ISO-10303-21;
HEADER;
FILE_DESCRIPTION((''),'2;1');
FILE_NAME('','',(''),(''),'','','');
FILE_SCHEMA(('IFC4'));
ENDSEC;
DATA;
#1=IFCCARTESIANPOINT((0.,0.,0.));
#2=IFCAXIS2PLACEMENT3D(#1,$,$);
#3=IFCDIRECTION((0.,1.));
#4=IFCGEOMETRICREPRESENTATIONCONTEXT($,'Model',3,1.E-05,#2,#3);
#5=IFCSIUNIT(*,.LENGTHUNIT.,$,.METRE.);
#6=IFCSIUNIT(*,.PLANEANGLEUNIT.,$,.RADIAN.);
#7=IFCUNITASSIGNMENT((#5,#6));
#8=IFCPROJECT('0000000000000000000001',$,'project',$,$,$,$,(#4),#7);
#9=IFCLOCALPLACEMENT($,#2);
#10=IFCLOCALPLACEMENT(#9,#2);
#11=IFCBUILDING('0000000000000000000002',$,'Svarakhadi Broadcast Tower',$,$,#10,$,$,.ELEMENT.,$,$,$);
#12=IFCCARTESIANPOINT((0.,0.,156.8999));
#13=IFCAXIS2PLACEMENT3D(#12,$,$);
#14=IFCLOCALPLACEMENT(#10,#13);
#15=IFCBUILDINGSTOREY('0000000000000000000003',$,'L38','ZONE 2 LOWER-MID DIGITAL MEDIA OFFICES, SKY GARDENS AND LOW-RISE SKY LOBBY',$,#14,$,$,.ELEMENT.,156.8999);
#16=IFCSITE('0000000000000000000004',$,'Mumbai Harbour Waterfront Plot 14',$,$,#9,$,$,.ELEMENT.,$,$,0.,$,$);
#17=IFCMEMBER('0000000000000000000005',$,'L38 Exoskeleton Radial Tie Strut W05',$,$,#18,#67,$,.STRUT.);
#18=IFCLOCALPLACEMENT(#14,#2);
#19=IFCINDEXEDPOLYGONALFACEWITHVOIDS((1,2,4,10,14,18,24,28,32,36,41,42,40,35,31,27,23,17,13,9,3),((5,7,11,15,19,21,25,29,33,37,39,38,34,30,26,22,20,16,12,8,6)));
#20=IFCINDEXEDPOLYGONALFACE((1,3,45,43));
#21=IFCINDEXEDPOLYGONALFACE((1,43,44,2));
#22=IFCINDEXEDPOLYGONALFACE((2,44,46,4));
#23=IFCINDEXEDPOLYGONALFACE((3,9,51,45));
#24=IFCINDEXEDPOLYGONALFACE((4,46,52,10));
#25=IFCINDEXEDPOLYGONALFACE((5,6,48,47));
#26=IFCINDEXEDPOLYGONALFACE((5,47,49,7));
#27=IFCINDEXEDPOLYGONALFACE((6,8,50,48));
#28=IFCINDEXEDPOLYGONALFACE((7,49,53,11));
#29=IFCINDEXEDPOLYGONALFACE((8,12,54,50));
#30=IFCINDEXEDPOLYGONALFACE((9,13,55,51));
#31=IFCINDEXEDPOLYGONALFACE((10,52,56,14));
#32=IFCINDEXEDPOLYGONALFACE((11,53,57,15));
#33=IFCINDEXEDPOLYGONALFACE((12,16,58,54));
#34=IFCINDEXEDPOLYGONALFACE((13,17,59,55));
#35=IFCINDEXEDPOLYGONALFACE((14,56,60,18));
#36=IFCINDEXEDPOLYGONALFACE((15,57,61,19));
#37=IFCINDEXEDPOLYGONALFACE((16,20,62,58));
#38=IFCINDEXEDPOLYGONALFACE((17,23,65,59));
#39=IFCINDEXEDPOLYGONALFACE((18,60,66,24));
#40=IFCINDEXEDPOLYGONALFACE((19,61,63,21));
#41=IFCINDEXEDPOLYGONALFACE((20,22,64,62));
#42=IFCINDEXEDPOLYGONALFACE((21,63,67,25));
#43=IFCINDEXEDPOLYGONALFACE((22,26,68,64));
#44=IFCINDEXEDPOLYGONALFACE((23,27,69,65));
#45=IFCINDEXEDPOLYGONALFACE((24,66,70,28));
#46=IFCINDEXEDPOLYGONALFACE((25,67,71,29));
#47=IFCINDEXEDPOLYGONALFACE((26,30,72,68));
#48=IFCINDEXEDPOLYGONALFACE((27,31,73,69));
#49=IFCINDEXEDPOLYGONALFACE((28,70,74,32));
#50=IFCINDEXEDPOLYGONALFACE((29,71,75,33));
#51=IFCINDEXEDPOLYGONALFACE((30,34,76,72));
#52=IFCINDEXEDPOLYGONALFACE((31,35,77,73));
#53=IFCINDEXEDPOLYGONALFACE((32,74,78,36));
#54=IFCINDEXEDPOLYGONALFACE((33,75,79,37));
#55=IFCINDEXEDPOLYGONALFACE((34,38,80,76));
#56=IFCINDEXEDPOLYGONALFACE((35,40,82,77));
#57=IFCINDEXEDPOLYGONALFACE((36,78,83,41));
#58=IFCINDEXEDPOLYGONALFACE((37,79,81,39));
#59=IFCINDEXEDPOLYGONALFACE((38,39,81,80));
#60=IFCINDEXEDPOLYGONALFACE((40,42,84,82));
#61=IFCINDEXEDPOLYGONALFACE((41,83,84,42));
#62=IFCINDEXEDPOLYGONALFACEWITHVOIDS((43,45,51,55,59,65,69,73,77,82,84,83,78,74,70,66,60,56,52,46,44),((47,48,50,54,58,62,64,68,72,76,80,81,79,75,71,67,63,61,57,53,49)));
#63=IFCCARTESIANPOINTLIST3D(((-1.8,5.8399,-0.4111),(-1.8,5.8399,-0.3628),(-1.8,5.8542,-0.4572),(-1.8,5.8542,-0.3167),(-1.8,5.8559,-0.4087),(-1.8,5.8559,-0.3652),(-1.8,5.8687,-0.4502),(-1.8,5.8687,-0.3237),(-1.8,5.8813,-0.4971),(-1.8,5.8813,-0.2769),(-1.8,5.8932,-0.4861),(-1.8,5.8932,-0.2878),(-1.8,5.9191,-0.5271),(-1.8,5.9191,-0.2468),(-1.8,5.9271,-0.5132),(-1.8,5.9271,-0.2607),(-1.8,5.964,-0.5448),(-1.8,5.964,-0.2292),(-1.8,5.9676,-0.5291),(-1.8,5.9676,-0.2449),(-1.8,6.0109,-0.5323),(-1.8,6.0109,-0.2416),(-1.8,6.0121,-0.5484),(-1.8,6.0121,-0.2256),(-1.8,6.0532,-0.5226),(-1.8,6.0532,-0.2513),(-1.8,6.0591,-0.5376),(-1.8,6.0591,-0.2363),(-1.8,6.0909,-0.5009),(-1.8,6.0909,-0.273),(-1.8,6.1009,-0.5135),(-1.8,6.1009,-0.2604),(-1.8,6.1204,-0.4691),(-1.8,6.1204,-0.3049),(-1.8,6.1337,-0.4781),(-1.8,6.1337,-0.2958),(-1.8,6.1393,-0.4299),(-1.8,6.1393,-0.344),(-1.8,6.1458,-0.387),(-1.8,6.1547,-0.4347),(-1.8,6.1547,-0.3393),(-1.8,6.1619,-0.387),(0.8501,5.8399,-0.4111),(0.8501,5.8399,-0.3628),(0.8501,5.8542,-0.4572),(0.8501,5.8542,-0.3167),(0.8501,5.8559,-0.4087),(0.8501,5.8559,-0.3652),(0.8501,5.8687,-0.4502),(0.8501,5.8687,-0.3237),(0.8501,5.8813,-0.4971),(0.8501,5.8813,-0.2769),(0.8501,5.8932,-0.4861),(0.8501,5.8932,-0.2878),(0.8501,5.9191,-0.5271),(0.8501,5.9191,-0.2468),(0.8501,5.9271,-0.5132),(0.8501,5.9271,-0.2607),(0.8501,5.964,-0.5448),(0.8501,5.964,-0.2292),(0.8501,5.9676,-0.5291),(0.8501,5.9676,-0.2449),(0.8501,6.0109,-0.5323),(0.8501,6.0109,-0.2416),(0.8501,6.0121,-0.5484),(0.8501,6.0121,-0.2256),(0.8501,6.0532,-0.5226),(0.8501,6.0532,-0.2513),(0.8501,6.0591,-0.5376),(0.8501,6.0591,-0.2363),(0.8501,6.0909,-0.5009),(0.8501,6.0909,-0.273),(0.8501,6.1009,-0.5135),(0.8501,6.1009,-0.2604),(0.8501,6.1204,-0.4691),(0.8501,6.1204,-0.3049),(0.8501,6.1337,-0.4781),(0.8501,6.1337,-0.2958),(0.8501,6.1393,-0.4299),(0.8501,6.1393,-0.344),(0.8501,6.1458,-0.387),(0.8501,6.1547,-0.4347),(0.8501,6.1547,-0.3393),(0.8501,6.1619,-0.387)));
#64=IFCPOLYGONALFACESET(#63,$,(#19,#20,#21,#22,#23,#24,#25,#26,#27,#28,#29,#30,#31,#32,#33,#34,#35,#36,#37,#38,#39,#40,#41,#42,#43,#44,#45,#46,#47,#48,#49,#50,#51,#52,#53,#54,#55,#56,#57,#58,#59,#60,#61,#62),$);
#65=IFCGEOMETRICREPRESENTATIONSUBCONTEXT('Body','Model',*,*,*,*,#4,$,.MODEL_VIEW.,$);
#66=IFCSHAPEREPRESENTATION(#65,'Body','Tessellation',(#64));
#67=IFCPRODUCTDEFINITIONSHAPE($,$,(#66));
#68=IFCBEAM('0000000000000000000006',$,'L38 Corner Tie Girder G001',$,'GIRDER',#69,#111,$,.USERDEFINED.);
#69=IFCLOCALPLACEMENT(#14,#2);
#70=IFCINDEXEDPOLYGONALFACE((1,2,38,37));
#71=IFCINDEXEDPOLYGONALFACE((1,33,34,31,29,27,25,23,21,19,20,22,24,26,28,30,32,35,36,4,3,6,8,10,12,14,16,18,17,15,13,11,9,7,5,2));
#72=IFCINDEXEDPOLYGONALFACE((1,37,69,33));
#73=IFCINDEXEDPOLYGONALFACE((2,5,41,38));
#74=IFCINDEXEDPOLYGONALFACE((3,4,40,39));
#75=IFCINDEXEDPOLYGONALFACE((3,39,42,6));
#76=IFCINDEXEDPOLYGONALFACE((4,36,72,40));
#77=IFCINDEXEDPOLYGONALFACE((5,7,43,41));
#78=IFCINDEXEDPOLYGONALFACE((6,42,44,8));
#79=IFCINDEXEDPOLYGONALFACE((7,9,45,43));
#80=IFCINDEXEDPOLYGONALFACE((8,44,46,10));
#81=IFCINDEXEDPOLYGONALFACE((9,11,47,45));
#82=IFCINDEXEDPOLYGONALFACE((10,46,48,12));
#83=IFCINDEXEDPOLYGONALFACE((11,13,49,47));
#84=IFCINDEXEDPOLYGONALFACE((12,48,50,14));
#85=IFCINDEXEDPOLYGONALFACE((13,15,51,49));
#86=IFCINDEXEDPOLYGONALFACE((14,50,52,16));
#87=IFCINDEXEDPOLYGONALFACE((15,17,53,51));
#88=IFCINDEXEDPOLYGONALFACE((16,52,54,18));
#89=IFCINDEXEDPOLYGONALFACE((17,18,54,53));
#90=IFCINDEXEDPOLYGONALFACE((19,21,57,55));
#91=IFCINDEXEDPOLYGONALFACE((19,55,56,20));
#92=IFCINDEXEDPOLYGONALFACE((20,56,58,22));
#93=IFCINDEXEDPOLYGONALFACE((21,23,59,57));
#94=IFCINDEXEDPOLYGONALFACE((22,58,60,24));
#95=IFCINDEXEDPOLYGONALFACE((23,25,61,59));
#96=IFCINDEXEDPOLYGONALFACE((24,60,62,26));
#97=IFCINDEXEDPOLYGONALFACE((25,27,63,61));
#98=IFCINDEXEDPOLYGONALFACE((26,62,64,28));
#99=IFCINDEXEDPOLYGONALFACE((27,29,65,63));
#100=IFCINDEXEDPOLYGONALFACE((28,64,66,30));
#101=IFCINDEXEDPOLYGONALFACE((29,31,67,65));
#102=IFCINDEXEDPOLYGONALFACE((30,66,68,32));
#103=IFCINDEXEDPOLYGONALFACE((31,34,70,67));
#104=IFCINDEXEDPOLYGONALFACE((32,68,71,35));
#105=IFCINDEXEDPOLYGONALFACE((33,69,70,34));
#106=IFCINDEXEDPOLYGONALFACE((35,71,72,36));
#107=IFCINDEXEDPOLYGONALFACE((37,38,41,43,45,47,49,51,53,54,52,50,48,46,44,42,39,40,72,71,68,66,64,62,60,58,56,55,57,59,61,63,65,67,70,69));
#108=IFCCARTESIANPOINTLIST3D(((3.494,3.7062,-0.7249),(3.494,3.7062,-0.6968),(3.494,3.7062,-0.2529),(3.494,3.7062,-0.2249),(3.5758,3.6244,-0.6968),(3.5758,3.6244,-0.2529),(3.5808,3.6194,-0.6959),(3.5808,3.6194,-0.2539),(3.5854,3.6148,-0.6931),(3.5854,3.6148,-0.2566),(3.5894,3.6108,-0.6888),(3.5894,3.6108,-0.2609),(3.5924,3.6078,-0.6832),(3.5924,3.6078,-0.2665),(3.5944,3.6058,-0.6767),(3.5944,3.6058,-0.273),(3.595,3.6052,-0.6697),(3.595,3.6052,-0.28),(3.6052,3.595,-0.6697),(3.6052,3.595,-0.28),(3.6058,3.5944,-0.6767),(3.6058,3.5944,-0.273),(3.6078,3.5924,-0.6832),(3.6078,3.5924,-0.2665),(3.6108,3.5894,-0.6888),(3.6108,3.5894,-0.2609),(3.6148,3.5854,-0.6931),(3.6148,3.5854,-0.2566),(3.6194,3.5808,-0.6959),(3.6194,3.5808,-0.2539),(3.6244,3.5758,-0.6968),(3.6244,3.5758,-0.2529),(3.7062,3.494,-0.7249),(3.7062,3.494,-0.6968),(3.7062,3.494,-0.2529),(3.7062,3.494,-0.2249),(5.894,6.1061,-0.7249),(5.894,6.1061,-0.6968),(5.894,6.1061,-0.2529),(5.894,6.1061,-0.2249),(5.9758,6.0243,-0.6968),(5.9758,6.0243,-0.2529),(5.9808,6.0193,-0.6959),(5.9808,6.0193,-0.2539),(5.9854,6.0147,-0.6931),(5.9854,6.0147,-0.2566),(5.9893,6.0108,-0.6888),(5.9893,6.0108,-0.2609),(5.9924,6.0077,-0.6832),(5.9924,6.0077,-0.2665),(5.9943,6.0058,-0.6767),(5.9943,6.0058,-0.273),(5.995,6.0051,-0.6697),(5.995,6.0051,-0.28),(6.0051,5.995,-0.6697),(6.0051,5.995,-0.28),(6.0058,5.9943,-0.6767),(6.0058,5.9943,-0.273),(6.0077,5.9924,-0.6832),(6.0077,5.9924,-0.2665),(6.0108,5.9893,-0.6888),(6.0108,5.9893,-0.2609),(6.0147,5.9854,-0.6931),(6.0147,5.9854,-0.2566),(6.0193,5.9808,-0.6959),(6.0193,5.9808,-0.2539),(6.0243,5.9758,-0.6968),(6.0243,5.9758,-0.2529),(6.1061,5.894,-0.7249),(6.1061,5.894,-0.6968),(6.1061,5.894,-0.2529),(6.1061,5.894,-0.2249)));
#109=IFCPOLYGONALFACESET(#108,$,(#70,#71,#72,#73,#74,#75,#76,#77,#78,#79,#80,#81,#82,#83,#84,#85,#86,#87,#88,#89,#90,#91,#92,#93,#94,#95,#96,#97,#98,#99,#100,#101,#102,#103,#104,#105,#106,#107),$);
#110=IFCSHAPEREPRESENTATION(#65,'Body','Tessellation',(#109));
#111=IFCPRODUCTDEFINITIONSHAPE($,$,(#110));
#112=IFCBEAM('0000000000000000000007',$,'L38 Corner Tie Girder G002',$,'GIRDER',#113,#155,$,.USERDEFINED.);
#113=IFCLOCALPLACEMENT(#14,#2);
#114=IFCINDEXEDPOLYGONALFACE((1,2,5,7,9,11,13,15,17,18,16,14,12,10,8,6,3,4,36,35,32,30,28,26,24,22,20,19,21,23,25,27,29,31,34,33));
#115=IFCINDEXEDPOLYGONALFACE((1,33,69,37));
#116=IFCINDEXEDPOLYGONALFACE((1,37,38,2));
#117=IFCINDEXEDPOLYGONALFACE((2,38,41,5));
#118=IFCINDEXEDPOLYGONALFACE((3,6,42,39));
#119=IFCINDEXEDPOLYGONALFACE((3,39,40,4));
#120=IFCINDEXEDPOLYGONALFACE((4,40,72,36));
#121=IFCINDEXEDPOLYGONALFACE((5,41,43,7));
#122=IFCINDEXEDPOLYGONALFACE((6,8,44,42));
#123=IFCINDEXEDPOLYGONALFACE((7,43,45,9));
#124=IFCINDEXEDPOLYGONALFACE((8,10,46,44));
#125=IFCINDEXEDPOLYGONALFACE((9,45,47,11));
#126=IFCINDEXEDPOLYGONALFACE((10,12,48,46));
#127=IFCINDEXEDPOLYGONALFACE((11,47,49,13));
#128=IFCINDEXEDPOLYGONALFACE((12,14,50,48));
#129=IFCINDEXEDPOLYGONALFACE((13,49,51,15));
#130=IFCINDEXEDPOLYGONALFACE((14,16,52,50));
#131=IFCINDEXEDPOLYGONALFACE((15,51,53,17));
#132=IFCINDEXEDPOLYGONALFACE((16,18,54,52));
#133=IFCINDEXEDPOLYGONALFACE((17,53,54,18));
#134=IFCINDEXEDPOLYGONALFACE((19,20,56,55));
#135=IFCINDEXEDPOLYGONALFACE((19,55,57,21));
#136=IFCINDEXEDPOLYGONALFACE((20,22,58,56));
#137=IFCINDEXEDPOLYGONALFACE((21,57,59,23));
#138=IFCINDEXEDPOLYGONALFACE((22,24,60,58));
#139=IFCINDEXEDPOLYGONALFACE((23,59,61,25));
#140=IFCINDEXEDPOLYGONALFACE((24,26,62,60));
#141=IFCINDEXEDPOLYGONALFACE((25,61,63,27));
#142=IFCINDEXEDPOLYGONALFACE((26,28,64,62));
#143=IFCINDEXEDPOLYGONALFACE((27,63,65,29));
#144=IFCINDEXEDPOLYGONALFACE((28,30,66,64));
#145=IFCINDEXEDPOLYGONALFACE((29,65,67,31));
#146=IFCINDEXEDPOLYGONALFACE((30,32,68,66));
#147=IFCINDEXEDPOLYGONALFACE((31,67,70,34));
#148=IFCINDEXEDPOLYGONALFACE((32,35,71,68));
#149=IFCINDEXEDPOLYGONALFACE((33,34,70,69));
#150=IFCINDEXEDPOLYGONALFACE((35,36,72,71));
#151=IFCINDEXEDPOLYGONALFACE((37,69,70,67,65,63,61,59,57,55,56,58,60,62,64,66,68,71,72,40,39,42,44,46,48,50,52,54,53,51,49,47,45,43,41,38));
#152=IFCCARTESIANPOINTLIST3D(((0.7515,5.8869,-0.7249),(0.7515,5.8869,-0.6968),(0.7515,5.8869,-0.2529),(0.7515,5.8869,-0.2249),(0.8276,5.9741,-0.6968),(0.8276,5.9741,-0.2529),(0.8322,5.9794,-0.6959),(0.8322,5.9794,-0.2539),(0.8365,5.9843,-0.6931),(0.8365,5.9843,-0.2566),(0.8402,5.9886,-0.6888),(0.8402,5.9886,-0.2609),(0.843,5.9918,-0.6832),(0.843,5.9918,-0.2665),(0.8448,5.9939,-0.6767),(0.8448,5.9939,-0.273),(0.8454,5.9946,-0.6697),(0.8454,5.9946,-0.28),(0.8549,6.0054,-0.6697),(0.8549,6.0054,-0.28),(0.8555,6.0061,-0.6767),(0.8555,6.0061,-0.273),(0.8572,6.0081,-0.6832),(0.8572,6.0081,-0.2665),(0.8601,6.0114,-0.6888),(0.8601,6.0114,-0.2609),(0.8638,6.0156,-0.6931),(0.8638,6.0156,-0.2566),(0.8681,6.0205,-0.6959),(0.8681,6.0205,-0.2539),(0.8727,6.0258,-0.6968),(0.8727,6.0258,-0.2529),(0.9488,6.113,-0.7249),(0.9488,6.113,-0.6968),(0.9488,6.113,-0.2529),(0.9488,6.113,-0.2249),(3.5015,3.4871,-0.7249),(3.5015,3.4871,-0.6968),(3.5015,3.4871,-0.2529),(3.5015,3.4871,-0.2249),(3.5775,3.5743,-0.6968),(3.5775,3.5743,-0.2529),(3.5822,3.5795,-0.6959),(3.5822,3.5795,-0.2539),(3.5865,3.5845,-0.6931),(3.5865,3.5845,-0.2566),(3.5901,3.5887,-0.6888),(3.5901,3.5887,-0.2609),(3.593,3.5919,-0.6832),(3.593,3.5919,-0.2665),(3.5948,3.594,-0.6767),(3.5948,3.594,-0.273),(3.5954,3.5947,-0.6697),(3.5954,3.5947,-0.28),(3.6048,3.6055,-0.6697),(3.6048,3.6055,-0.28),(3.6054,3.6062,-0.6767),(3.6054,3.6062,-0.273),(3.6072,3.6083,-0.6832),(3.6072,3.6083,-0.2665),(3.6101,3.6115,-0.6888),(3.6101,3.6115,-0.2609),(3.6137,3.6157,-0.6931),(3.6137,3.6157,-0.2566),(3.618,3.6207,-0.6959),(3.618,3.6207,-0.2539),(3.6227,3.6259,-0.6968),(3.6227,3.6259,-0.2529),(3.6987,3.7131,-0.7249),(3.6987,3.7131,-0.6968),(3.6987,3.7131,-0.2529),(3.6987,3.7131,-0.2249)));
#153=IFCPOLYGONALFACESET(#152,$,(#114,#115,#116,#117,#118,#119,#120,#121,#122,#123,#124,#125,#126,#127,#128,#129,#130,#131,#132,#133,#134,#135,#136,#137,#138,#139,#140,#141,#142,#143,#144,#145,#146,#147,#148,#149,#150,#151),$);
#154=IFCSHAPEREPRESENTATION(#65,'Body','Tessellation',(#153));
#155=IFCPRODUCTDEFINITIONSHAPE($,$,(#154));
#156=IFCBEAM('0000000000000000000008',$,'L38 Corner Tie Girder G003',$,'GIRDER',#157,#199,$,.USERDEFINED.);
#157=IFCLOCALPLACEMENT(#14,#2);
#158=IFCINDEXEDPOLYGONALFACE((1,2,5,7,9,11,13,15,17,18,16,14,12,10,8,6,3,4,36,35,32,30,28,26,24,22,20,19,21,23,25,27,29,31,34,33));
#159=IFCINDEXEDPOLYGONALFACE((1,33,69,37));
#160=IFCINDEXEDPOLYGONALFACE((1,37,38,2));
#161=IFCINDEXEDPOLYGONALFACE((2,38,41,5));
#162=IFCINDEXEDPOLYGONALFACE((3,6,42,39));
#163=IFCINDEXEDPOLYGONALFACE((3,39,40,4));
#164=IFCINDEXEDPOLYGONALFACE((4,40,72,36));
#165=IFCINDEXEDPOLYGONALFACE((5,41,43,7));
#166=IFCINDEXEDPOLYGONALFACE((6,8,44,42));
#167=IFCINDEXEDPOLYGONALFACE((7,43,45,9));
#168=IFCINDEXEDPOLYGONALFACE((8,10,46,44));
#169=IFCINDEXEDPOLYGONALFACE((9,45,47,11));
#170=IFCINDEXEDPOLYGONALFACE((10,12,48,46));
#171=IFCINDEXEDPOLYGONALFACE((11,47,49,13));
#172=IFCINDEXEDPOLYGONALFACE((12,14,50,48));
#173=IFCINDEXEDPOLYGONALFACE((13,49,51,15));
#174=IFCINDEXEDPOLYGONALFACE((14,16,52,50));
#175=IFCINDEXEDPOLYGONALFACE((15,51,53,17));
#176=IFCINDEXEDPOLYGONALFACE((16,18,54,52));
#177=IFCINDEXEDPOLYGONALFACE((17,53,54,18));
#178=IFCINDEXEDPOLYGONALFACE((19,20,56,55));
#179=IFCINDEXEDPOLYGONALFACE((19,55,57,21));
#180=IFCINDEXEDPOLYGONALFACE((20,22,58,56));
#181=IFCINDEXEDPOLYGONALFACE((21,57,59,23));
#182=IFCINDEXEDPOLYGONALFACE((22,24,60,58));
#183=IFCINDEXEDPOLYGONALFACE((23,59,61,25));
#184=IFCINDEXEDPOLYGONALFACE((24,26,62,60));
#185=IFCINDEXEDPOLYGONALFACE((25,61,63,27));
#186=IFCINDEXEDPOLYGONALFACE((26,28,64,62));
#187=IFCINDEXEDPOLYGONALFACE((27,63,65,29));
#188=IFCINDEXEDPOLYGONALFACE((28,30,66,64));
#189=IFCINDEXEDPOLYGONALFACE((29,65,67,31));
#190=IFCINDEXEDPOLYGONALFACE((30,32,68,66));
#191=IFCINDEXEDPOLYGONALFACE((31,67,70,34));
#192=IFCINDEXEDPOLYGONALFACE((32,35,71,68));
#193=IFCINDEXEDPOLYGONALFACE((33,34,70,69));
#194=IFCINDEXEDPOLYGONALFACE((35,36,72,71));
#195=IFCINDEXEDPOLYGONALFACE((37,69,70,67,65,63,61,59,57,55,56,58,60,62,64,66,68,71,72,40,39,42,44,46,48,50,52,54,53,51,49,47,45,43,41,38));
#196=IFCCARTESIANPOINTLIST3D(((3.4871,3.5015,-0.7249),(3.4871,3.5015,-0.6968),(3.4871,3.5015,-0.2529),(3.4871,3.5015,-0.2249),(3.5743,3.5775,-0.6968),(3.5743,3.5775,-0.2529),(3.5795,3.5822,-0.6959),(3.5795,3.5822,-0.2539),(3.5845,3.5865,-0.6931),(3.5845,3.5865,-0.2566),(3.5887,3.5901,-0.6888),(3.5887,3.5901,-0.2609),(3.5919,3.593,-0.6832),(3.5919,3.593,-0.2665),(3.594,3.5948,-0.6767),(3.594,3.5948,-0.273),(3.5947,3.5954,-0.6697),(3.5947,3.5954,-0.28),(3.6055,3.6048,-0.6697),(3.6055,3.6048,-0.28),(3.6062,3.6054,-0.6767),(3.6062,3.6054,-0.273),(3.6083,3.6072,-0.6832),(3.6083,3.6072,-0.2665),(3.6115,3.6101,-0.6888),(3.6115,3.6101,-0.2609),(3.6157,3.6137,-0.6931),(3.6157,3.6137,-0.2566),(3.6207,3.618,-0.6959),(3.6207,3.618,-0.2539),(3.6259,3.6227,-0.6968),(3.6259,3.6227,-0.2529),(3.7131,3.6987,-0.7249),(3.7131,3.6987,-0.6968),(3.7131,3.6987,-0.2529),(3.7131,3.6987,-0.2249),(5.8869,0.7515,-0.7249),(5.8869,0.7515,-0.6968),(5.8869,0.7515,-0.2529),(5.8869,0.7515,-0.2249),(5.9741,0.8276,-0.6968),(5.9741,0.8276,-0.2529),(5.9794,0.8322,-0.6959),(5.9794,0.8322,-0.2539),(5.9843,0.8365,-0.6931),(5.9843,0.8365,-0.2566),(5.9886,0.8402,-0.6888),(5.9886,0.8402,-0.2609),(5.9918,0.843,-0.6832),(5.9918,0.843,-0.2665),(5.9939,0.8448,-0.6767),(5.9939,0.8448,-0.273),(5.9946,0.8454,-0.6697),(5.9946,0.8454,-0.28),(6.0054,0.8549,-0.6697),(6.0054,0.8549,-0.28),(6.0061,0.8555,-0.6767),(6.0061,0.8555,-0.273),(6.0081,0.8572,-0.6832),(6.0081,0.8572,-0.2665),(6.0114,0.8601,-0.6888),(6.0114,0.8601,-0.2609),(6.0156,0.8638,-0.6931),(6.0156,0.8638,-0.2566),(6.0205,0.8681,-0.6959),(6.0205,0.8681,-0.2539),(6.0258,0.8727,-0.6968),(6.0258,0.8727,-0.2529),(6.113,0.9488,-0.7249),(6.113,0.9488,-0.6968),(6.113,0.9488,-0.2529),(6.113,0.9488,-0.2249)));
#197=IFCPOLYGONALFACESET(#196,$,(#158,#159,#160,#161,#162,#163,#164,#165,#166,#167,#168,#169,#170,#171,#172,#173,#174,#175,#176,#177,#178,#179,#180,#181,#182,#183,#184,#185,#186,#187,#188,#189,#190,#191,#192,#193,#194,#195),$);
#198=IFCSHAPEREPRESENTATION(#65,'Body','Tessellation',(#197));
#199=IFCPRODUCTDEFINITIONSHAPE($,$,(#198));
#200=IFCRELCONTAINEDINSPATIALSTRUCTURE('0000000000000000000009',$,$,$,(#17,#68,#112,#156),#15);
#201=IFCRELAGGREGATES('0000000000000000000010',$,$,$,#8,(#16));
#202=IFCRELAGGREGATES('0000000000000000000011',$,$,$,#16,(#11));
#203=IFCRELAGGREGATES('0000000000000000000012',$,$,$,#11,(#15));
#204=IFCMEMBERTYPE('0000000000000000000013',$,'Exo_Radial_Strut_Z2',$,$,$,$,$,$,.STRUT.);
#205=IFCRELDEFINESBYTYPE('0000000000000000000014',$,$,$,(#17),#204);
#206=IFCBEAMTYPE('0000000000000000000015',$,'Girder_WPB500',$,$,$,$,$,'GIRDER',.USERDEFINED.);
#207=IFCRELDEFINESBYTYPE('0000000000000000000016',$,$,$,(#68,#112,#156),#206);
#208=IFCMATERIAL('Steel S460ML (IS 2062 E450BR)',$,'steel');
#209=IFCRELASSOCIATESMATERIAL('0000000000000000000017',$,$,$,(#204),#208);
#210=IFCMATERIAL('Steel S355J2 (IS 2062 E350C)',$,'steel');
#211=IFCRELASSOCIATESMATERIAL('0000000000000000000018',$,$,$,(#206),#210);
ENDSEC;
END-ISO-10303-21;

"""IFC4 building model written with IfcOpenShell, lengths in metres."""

from ifc_helpers import new_model, si_unit, direction, frame, origin, origin_2d, place, context, subcontext, project, spatial, hollow_circle, i_section, extrude, material, material_profile, profile_set, type_object, element, save


model = new_model("IFC4")

# Units and contexts
model_context = context("Model", 3, precision=1e-05, world=origin(), true_north=direction((0.0, 1.0)))
body_context = subcontext(model_context, "Body", "Model", "MODEL_VIEW")
ifc_project = project(units=[si_unit("LENGTHUNIT", "METRE"), si_unit("PLANEANGLEUNIT", "RADIAN")], contexts=[model_context])

# Site, building, storey
site_placement = place(None, origin())
site = spatial("IfcSite", under=ifc_project, at=site_placement, Name="Mumbai Harbour Waterfront Plot 14", CompositionType="ELEMENT", RefElevation=0.0)
building_placement = place(site_placement, origin())
building = spatial("IfcBuilding", under=site, at=building_placement, Name="Svarakhadi Broadcast Tower", CompositionType="ELEMENT")
storey_placement = place(building_placement, frame((0.0, 0.0, 156.8999)))
storey = spatial("IfcBuildingStorey", under=building, at=storey_placement, Name="L38", Description="ZONE 2 LOWER-MID DIGITAL MEDIA OFFICES, SKY GARDENS AND LOW-RISE SKY LOBBY", CompositionType="ELEMENT", Elevation=156.8999)

# Shared definitions
ifc_material_1 = material(Name="Steel S460ML (IS 2062 E450BR)", Category="steel")

# Member
ifc_material_profile_1 = material_profile(ifc_material_1, hollow_circle(Radius=0.1619, WallThickness=0.0161, at=origin_2d()), Name="CHS 323.9x16")
ifc_profile_set_1 = profile_set([ifc_material_profile_1], Name="Steel S460ML (IS 2062 E450BR)")
member_type_1 = type_object("IfcMemberType", Name="Exo_Radial_Strut_Z2", PredefinedType="STRUT", material=ifc_profile_set_1)
member_1_placement = place(storey_placement, frame((-1.8, 6.0, -0.387), z_axis=(1.0, 0.0, 0.0), x_axis=(0.0, 1.0, 0.0)))
element("IfcMember", 1, at=member_1_placement, inside=storey, type_object=member_type_1, Name="L38 Exoskeleton Radial Tie Strut W05", PredefinedType="STRUT", context=body_context, shape_type="SweptSolid", body=[
    extrude(hollow_circle(Radius=0.1619, WallThickness=0.0161, at=origin_2d()), origin(), (0.0, 0.0, 1.0), 2.6501),
])

# Beams
ifc_material_2 = material(Name="Steel S355J2 (IS 2062 E350C)", Category="steel")
ifc_material_profile_2 = material_profile(ifc_material_2, i_section(OverallWidth=0.3, OverallDepth=0.5, WebThickness=0.0144, FlangeThickness=0.0281, FilletRadius=0.0271, at=origin_2d()), Name="WPB 500x300x187")
ifc_profile_set_2 = profile_set([ifc_material_profile_2], Name="Steel S355J2 (IS 2062 E350C)")
beam_type = type_object("IfcBeamType", Name="Girder_WPB500", ElementType="GIRDER", PredefinedType="USERDEFINED", material=ifc_profile_set_2)
beam_1_placement = place(storey_placement, frame((3.6001, 3.6001, -0.4749), z_axis=(0.707107, 0.707107, 0.0), x_axis=(-0.707107, 0.707107, 0.0)))
element("IfcBeam", 2, at=beam_1_placement, inside=storey, type_object=beam_type, Name="L38 Corner Tie Girder G001", ObjectType="GIRDER", PredefinedType="USERDEFINED", context=body_context, shape_type="SweptSolid", body=[
    extrude(i_section(OverallWidth=0.3, OverallDepth=0.5, WebThickness=0.0144, FlangeThickness=0.0281, FilletRadius=0.0271, at=origin_2d()), origin(), (0.0, 0.0, 1.0), 3.394),
])
for number, where, z_axis, x_axis, name in (
    (3, (3.6001, 3.6001, -0.4749), (-0.753438, 0.657519, 0.0), (-0.657519, -0.753438, 0.0), "L38 Corner Tie Girder G002"),
    (4, (3.6001, 3.6001, -0.4749), (0.657519, -0.753438, 0.0), (0.753438, 0.657519, 0.0), "L38 Corner Tie Girder G003"),
):
    element("IfcBeam", number, at=place(storey_placement, frame(where, z_axis=z_axis, x_axis=x_axis)), inside=storey, type_object=beam_type, Name=name, ObjectType="GIRDER", PredefinedType="USERDEFINED", context=body_context, shape_type="SweptSolid", body=[
        extrude(i_section(OverallWidth=0.3, OverallDepth=0.5, WebThickness=0.0144, FlangeThickness=0.0281, FilletRadius=0.0271, at=origin_2d()), origin(), (0.0, 0.0, 1.0), 3.6499),
    ])

save(model, "model.ifc")
